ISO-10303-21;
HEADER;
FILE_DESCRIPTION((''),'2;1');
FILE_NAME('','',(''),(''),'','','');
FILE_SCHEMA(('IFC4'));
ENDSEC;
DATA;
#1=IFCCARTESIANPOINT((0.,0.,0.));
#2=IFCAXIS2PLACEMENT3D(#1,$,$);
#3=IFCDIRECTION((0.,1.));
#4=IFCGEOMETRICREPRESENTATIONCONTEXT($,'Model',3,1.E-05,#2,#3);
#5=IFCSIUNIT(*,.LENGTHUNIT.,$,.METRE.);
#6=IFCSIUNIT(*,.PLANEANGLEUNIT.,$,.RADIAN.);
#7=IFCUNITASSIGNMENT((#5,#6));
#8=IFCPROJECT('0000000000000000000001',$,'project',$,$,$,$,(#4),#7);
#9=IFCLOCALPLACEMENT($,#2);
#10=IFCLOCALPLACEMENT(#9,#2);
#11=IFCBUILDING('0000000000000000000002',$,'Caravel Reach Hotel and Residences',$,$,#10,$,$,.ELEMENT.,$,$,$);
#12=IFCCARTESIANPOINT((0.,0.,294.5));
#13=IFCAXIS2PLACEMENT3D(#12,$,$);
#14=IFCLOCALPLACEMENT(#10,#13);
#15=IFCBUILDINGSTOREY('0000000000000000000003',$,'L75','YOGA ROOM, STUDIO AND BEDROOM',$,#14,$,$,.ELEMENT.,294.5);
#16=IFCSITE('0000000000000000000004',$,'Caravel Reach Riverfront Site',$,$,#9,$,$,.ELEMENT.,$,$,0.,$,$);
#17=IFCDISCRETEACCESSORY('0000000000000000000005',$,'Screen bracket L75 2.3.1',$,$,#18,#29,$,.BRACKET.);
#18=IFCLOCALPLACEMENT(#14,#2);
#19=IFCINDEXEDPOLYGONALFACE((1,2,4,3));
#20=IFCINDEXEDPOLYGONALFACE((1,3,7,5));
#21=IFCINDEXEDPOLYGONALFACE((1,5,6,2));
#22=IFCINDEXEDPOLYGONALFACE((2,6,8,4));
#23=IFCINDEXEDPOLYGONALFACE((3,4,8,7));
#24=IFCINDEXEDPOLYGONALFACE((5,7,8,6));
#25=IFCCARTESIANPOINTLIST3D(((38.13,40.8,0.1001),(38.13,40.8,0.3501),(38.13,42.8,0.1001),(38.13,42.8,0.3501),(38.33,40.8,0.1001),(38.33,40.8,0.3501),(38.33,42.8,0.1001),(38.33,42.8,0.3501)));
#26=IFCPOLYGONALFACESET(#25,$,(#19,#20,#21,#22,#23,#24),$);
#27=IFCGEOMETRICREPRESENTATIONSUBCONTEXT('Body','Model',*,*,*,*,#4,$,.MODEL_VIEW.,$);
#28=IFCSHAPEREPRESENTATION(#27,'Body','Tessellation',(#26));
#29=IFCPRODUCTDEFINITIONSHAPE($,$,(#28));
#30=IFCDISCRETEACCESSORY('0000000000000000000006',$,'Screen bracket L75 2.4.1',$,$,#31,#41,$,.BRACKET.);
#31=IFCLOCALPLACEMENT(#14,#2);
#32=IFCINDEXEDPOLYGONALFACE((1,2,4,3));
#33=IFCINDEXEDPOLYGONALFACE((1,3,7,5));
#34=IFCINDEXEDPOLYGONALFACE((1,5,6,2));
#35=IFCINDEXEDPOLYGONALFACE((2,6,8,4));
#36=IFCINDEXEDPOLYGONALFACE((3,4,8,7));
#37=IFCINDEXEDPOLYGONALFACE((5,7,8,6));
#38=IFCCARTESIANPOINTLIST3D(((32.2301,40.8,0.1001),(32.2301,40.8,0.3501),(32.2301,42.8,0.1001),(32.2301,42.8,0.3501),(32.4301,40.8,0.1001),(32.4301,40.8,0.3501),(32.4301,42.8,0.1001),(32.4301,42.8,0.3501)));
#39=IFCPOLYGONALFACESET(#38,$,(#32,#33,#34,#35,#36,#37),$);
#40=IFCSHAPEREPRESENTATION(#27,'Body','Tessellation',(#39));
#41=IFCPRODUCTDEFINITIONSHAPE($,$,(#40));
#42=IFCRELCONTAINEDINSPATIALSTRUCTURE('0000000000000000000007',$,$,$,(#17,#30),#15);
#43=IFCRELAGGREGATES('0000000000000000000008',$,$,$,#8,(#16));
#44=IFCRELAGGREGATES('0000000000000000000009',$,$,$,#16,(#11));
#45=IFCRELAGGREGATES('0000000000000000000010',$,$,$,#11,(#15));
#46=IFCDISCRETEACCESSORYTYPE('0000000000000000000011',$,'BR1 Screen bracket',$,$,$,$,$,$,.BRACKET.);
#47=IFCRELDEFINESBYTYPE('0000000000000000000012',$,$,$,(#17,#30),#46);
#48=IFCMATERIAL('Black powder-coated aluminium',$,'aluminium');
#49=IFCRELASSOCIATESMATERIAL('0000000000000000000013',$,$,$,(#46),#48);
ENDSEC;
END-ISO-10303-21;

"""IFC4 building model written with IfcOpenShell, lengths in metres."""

from ifc_helpers import new_model, si_unit, direction, frame, origin, origin_2d, place, context, subcontext, project, spatial, rectangle, extrude, material, type_object, element, save


model = new_model("IFC4")

# Units and contexts
model_context = context("Model", 3, precision=1e-05, world=origin(), true_north=direction((0.0, 1.0)))
body_context = subcontext(model_context, "Body", "Model", "MODEL_VIEW")
ifc_project = project(units=[si_unit("LENGTHUNIT", "METRE"), si_unit("PLANEANGLEUNIT", "RADIAN")], contexts=[model_context])

# Site, building, storey
site_placement = place(None, origin())
site = spatial("IfcSite", under=ifc_project, at=site_placement, Name="Caravel Reach Riverfront Site", CompositionType="ELEMENT", RefElevation=0.0)
building_placement = place(site_placement, origin())
building = spatial("IfcBuilding", under=site, at=building_placement, Name="Caravel Reach Hotel and Residences", CompositionType="ELEMENT")
storey_placement = place(building_placement, frame((0.0, 0.0, 294.5)))
storey = spatial("IfcBuildingStorey", under=building, at=storey_placement, Name="L75", Description="YOGA ROOM, STUDIO AND BEDROOM", CompositionType="ELEMENT", Elevation=294.5)

# Discrete accessories
ifc_material_1 = material(Name="Black powder-coated aluminium", Category="aluminium")
discrete_accessory_type = type_object("IfcDiscreteAccessoryType", Name="BR1 Screen bracket", PredefinedType="BRACKET", material=ifc_material_1)
for number, where, z_axis, x_axis, name in (
    (1, (38.23, 41.8, 0.1001), (0.0, 0.0, 1.0), (0.0, 1.0, 0.0), "Screen bracket L75 2.3.1"),
    (2, (32.3301, 41.8, 0.1001), (0.0, 0.0, 1.0), (0.0, 1.0, 0.0), "Screen bracket L75 2.4.1"),
):
    element("IfcDiscreteAccessory", number, at=place(storey_placement, frame(where, z_axis=z_axis, x_axis=x_axis)), inside=storey, type_object=discrete_accessory_type, Name=name, PredefinedType="BRACKET", context=body_context, shape_type="SweptSolid", body=[
        extrude(rectangle(XDim=2.0, YDim=0.2, at=origin_2d()), origin(), (0.0, 0.0, 1.0), 0.25),
    ])

save(model, "model.ifc")
